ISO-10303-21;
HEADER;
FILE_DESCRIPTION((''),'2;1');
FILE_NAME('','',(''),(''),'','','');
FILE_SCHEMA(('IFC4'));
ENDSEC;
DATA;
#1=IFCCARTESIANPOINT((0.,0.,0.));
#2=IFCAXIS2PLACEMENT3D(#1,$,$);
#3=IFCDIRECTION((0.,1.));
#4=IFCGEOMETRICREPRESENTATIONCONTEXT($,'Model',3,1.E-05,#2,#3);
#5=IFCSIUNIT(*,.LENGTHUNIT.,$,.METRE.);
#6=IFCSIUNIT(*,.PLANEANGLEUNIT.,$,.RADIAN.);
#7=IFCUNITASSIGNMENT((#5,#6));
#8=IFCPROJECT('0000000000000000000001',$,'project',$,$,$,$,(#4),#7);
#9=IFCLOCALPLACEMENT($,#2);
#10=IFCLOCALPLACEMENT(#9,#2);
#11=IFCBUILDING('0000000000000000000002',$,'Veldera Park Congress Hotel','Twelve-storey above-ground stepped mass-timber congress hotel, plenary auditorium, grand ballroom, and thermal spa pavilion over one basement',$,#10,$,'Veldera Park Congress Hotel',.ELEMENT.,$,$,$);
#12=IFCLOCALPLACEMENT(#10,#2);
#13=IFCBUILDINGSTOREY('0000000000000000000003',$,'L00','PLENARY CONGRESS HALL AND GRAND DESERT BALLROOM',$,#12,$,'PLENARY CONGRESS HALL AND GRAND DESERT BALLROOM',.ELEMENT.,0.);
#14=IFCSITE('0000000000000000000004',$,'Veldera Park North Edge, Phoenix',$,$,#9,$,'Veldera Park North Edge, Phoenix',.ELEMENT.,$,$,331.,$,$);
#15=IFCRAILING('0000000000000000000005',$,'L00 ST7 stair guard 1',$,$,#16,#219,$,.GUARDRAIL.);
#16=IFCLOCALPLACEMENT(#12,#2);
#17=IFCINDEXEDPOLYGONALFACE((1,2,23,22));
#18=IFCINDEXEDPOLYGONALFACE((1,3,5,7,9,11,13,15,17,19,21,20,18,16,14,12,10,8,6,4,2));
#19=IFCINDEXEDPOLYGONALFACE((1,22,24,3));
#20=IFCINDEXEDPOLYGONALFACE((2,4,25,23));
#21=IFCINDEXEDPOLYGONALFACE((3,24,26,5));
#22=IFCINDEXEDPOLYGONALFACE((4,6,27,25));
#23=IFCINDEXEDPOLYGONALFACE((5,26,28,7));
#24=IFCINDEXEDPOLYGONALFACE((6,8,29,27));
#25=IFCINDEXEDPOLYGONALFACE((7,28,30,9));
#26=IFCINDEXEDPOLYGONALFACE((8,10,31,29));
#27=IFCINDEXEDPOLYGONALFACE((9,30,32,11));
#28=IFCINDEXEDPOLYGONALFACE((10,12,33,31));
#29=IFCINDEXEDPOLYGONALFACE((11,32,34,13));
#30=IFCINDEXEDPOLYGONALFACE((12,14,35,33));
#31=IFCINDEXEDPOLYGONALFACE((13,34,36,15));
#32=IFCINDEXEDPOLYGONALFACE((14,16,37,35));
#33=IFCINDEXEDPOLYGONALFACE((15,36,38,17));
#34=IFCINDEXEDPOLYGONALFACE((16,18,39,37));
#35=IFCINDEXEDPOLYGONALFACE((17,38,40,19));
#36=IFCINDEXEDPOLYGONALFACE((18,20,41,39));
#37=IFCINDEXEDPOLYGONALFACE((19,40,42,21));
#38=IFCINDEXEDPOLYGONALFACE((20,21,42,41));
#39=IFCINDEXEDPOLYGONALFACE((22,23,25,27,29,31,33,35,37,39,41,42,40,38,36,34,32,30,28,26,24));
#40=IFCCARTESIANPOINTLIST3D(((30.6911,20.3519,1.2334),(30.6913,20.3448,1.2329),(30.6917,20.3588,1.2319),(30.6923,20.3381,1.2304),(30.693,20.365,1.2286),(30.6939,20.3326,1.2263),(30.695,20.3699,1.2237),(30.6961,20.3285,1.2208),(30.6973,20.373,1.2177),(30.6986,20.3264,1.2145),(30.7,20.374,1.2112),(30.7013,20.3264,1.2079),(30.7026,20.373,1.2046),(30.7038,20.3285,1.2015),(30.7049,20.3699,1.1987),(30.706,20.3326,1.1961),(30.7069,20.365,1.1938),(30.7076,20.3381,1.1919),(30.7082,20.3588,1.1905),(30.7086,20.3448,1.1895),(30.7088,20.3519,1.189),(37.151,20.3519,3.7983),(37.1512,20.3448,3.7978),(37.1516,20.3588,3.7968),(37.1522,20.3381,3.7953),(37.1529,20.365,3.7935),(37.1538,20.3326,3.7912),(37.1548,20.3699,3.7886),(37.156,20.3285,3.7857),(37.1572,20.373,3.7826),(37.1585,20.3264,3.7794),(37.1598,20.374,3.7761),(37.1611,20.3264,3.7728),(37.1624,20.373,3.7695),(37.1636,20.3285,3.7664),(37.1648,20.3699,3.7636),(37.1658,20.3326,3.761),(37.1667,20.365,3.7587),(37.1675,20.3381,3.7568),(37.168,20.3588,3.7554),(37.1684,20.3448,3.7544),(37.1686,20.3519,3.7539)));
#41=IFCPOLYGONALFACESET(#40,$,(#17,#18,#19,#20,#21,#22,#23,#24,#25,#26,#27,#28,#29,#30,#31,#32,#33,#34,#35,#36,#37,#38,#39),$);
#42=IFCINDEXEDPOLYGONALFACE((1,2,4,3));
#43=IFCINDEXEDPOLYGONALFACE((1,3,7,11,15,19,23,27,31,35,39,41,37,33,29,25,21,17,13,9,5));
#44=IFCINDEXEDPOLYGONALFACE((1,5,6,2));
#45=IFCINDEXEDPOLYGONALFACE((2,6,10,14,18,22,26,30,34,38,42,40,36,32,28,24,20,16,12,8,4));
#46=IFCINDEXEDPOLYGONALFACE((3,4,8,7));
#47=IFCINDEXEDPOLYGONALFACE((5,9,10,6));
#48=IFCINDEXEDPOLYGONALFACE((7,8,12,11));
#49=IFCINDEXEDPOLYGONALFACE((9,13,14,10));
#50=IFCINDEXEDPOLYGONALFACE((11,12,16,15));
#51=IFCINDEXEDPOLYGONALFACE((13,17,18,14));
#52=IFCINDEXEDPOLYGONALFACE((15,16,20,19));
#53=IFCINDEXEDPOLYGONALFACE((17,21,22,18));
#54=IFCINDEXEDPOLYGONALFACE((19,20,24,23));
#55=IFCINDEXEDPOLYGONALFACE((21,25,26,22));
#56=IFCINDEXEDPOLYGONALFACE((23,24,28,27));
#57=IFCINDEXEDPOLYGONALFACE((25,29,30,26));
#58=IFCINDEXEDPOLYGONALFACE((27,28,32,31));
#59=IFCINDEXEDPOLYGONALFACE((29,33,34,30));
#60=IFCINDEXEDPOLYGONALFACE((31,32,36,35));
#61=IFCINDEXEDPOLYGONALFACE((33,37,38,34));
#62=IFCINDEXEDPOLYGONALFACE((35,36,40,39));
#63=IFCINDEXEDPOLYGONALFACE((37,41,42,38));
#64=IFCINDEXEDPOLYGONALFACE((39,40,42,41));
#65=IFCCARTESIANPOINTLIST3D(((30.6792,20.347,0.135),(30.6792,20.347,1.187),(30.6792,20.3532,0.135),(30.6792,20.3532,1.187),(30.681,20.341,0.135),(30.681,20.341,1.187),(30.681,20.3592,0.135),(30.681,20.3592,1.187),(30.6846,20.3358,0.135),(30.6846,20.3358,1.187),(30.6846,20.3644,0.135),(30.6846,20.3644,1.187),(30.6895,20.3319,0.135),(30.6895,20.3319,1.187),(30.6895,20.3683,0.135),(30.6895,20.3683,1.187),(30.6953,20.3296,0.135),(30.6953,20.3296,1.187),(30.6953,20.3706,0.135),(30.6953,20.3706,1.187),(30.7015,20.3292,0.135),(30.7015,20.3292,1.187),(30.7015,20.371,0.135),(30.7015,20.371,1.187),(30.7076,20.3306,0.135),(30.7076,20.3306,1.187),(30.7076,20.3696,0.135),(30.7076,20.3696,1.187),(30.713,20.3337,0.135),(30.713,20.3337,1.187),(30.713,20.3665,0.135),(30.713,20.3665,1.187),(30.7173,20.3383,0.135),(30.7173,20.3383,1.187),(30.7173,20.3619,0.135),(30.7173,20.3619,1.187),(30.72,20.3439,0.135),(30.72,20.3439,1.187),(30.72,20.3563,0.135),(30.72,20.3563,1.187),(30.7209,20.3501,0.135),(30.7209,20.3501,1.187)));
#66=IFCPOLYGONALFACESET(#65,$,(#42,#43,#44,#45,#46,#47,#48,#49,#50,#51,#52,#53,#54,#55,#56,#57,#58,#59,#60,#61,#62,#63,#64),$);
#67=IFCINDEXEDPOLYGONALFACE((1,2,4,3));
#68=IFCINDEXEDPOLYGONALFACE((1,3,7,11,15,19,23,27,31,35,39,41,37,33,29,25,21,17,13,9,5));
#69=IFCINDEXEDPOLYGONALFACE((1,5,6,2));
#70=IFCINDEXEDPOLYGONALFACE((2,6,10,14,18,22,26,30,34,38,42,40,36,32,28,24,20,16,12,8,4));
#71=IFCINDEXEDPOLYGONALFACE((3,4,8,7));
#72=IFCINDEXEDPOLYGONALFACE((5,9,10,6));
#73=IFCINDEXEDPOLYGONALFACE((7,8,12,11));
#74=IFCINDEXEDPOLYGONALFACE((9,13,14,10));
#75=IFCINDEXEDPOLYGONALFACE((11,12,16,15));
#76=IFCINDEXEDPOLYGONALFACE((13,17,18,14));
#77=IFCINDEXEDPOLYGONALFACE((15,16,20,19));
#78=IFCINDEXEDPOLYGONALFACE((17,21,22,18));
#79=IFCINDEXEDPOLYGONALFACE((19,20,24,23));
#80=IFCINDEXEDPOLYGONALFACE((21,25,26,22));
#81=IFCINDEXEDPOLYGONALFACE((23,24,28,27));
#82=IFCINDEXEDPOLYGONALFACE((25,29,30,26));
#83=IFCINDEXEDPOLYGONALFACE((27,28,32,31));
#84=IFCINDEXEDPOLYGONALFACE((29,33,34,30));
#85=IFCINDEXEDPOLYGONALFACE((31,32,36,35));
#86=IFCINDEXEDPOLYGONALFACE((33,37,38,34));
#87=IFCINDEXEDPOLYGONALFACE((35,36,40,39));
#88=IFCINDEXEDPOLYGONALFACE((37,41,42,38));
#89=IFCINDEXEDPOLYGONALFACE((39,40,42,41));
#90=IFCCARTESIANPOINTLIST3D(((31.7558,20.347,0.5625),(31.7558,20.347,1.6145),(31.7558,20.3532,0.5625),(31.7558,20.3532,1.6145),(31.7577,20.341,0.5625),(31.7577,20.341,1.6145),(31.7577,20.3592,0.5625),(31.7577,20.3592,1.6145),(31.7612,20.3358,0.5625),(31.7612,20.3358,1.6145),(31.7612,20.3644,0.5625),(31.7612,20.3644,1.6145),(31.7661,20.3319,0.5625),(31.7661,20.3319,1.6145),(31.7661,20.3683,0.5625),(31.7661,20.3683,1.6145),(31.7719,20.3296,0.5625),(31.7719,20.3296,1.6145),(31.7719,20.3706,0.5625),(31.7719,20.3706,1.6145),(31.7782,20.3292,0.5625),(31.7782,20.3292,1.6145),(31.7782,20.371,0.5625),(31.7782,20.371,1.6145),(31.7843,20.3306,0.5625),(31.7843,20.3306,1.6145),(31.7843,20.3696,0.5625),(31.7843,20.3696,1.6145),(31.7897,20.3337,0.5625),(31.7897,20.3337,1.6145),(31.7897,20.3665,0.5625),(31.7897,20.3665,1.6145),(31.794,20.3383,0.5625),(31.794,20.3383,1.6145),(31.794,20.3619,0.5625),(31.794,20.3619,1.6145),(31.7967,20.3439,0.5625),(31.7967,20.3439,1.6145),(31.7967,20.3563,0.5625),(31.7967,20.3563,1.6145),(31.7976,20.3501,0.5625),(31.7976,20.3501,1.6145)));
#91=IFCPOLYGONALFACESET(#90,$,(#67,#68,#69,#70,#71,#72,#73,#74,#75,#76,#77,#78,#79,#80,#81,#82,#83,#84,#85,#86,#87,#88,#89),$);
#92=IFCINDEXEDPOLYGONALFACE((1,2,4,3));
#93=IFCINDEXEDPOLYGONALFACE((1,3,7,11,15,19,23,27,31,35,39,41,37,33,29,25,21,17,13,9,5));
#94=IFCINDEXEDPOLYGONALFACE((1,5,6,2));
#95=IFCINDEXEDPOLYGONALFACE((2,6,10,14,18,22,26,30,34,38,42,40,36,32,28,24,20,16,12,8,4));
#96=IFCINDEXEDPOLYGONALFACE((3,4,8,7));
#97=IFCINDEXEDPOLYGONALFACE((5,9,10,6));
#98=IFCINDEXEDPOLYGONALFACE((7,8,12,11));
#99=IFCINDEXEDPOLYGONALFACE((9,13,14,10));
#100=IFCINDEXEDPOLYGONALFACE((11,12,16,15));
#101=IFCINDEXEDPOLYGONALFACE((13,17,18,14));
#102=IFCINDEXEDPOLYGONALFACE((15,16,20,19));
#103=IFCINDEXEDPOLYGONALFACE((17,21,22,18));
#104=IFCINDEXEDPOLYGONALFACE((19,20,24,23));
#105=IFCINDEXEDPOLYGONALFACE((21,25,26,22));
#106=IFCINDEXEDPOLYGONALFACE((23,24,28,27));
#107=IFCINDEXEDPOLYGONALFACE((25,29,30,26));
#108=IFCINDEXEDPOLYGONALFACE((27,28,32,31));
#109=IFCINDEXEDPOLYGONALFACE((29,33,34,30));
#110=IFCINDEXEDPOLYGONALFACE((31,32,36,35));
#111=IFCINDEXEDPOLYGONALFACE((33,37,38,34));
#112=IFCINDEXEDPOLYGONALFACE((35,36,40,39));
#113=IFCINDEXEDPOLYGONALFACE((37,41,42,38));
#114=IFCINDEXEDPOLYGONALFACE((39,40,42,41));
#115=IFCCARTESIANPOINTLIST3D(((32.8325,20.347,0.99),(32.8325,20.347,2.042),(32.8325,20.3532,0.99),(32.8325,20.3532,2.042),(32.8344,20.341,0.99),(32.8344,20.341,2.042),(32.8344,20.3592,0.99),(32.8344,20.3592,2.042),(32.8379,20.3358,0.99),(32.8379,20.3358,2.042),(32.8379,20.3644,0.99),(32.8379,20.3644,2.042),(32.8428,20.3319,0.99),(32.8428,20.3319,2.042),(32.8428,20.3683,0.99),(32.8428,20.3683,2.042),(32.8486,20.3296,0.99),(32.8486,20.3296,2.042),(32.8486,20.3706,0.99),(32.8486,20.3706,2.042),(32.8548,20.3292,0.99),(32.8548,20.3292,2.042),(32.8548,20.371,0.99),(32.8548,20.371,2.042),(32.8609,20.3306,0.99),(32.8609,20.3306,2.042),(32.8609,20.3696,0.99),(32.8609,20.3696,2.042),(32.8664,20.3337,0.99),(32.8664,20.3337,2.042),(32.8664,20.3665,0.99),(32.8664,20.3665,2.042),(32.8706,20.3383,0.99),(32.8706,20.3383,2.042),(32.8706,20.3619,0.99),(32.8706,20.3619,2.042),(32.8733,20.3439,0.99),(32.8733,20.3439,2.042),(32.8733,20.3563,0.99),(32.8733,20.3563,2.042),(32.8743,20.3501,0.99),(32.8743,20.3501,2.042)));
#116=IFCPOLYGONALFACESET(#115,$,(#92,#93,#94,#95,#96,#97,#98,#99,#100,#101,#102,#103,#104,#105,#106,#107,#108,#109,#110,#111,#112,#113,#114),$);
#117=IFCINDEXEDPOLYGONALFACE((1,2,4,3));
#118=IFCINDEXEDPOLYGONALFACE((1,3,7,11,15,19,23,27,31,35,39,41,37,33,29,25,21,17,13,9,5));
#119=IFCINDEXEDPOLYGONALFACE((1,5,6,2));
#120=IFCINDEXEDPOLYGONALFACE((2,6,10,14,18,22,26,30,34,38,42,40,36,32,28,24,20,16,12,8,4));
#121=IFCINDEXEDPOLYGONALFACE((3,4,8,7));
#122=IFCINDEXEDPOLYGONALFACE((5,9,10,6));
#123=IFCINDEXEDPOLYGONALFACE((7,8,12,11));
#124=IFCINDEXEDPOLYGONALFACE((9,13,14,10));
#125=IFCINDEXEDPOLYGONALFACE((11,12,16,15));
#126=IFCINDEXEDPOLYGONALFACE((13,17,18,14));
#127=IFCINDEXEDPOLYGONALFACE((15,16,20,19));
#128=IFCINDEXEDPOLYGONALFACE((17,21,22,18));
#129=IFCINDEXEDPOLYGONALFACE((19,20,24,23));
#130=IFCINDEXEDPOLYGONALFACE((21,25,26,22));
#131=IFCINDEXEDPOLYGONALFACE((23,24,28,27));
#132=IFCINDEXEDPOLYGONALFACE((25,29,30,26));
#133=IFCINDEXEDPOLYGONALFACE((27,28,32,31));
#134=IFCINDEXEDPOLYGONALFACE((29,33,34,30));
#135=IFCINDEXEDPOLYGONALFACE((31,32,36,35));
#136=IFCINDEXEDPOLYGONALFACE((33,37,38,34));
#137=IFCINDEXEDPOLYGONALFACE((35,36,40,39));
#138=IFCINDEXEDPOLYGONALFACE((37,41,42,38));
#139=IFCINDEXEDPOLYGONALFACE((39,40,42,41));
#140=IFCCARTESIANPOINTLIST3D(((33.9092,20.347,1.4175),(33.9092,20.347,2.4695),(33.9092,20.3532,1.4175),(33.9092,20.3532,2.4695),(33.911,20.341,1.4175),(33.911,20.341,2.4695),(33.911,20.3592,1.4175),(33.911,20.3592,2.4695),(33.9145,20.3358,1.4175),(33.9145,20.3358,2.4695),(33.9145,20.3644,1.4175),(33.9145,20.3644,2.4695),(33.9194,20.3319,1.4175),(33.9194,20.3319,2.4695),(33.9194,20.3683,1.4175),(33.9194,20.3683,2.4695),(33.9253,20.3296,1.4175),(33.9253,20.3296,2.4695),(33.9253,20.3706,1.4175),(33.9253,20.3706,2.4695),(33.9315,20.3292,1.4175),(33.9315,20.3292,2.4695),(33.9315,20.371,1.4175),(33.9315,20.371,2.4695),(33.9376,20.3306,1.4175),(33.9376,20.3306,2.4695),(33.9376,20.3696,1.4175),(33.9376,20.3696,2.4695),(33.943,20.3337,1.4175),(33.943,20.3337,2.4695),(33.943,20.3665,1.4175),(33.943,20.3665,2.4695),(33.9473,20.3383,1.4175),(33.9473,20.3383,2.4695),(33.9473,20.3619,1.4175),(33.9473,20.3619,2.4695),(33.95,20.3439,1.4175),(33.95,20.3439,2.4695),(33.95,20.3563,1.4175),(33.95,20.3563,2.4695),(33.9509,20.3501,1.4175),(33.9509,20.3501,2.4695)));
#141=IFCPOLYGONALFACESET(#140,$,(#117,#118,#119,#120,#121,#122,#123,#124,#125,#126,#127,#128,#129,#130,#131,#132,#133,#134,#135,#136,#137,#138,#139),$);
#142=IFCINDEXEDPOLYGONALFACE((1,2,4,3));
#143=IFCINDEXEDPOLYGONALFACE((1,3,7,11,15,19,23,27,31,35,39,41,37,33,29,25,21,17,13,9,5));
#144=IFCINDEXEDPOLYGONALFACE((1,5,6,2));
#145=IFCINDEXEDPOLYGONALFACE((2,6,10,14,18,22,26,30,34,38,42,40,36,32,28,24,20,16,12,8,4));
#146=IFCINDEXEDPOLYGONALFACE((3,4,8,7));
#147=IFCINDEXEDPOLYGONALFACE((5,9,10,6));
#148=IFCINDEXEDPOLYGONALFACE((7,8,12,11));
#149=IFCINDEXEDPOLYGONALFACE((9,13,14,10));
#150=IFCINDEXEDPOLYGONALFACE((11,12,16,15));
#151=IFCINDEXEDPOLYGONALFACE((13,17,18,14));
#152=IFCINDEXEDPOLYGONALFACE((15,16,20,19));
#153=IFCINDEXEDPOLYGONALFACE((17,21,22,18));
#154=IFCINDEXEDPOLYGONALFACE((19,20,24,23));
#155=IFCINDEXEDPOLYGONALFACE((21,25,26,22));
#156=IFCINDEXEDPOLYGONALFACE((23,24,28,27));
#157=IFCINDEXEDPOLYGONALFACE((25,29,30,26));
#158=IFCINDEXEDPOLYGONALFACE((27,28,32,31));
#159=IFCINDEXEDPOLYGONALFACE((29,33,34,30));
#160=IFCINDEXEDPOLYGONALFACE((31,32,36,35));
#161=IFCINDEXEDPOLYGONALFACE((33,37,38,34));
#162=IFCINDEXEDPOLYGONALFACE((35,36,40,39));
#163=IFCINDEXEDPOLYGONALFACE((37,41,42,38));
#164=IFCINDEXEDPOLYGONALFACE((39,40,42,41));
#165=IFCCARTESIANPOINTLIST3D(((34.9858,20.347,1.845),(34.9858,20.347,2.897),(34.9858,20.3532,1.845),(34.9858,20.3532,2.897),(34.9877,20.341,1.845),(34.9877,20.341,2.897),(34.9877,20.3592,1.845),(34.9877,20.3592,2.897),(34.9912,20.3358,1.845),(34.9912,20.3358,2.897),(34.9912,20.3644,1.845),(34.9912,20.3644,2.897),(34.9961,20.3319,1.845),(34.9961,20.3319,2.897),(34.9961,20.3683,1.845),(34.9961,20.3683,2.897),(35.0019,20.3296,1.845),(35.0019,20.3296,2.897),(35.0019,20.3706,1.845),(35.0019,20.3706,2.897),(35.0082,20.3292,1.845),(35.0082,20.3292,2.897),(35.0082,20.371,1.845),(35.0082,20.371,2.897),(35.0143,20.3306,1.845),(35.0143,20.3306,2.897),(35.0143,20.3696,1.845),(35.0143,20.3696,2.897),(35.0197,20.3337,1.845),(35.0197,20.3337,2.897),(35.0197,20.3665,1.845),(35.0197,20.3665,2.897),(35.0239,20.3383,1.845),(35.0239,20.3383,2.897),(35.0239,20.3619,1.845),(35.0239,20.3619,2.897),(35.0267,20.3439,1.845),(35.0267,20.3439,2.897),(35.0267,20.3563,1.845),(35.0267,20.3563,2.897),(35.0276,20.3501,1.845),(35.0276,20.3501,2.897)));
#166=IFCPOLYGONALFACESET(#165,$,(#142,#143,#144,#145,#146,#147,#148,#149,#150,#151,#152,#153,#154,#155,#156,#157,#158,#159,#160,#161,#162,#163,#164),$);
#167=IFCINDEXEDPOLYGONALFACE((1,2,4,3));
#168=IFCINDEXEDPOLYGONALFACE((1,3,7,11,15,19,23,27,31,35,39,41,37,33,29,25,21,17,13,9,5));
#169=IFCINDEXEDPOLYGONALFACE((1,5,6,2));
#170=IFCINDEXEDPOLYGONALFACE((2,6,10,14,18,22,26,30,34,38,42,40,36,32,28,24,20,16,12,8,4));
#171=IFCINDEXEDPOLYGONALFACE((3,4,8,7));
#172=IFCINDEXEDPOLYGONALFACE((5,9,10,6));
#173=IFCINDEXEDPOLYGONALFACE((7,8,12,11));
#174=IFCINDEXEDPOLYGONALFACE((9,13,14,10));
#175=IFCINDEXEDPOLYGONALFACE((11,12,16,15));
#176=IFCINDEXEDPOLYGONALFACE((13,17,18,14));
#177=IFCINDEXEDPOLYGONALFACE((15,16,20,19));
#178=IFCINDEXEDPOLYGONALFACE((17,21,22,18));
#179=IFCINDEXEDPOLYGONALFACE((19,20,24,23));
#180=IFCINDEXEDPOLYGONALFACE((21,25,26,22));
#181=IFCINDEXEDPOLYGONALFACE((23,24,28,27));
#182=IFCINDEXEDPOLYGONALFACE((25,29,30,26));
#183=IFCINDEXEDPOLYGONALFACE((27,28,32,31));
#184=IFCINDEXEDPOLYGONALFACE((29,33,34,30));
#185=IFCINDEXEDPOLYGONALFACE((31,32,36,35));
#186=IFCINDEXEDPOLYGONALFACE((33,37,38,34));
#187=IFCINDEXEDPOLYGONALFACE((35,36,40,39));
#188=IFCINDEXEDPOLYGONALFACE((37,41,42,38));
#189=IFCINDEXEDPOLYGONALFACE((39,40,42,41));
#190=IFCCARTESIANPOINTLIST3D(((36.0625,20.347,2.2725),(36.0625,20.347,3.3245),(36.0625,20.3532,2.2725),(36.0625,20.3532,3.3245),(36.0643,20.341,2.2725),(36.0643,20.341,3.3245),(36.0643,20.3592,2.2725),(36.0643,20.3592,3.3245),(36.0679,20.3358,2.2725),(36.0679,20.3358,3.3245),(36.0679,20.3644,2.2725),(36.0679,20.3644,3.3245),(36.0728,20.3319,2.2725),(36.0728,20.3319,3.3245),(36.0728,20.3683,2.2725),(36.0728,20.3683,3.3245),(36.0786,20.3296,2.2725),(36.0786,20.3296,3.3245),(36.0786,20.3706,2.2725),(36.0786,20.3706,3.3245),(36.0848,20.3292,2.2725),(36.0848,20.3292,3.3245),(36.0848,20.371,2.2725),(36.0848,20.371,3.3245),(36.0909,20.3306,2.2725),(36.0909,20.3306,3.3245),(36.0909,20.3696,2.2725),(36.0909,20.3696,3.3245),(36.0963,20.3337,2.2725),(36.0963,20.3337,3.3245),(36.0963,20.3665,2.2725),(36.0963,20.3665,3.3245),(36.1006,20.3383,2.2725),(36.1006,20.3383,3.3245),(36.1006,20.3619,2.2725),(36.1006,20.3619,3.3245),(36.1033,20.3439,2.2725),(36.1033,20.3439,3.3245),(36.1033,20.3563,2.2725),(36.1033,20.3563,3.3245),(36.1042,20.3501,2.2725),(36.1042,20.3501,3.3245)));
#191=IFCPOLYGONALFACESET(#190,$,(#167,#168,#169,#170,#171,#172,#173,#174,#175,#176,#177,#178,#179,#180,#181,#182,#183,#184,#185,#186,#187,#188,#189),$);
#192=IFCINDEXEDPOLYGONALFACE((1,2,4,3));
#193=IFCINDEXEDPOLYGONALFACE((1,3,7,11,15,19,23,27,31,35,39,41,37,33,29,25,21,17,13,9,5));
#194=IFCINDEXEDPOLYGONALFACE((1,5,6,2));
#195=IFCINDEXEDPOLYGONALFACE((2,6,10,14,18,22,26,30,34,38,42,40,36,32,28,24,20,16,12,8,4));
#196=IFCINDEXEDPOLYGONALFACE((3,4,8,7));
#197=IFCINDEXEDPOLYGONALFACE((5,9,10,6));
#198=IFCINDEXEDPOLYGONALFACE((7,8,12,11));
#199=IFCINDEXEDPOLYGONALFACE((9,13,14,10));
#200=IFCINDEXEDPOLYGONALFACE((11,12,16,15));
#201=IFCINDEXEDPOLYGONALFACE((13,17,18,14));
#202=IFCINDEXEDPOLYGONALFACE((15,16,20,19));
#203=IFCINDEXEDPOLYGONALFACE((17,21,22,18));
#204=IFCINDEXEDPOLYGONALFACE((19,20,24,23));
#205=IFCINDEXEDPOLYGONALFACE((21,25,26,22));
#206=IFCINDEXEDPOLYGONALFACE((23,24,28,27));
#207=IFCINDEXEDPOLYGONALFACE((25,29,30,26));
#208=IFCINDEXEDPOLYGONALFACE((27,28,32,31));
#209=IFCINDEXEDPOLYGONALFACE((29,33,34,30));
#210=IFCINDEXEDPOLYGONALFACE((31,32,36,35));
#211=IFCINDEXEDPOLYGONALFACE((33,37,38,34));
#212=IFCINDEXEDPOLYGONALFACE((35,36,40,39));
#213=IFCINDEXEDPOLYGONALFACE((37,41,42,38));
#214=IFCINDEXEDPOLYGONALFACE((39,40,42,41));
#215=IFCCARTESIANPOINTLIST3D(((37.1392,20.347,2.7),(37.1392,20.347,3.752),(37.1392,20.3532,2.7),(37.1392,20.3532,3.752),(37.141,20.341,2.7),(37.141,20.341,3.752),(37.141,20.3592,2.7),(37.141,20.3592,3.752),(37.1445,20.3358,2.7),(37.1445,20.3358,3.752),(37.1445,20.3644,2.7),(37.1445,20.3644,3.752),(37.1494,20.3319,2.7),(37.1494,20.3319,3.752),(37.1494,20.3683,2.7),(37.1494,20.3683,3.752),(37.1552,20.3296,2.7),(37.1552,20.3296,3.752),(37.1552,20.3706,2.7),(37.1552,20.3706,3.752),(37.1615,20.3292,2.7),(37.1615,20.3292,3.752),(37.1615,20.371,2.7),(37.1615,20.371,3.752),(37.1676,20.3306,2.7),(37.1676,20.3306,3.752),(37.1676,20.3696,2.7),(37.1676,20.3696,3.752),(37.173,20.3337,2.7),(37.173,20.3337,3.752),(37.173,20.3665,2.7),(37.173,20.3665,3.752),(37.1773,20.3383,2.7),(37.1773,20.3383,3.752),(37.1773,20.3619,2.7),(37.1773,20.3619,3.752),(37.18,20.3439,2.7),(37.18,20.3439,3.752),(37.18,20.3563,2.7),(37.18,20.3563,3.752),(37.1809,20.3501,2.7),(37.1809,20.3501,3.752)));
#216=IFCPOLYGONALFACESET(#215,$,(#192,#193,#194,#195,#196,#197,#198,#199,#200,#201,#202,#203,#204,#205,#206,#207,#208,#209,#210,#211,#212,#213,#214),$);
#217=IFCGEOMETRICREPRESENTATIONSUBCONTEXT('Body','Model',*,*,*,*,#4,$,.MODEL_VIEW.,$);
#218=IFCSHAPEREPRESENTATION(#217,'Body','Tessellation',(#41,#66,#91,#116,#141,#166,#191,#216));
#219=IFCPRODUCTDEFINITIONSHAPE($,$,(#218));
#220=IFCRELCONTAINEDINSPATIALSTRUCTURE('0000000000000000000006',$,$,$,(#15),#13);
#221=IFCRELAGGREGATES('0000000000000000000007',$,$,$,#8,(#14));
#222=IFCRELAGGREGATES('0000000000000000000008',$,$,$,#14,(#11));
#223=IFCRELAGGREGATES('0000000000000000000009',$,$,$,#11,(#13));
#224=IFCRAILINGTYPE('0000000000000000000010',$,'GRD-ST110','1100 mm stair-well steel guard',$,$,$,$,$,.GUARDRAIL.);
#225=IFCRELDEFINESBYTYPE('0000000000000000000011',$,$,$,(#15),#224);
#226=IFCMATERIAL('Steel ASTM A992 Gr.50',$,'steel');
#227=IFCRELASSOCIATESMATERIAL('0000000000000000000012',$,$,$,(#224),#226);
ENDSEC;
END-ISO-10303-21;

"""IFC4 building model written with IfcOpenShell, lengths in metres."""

from ifc_helpers import new_model, si_unit, direction, frame, origin, origin_2d, place, context, subcontext, project, spatial, circle, extrude, material, type_object, element, save


model = new_model("IFC4")

# Units and contexts
model_context = context("Model", 3, precision=1e-05, world=origin(), true_north=direction((0.0, 1.0)))
body_context = subcontext(model_context, "Body", "Model", "MODEL_VIEW")
ifc_project = project(units=[si_unit("LENGTHUNIT", "METRE"), si_unit("PLANEANGLEUNIT", "RADIAN")], contexts=[model_context])

# Site, building, storey
site_placement = place(None, origin())
site = spatial("IfcSite", under=ifc_project, at=site_placement, Name="Veldera Park North Edge, Phoenix", LongName="Veldera Park North Edge, Phoenix", CompositionType="ELEMENT", RefElevation=331.0)
building_placement = place(site_placement, origin())
building = spatial("IfcBuilding", under=site, at=building_placement, Name="Veldera Park Congress Hotel", Description="Twelve-storey above-ground stepped mass-timber congress hotel, plenary auditorium, grand ballroom, and thermal spa pavilion over one basement", LongName="Veldera Park Congress Hotel", CompositionType="ELEMENT")
storey_placement = place(building_placement, origin())
storey = spatial("IfcBuildingStorey", under=building, at=storey_placement, Name="L00", Description="PLENARY CONGRESS HALL AND GRAND DESERT BALLROOM", LongName="PLENARY CONGRESS HALL AND GRAND DESERT BALLROOM", CompositionType="ELEMENT", Elevation=0.0)

# Shared definitions
ifc_material_1 = material(Name="Steel ASTM A992 Gr.50", Category="steel")

# Railing
railing_type_1 = type_object("IfcRailingType", Name="GRD-ST110", Description="1100 mm stair-well steel guard", PredefinedType="GUARDRAIL", material=ifc_material_1)
railing_1_placement = place(storey_placement, frame((30.7, 20.3501, 0.135)))
element("IfcRailing", 1, at=railing_1_placement, inside=storey, type_object=railing_type_1, Name="L00 ST7 stair guard 1", PredefinedType="GUARDRAIL", context=body_context, shape_type="SweptSolid", body=[
    extrude(circle(Radius=0.0239, at=origin_2d()), frame((0.0, 0.0, 1.0762), z_axis=(0.929418, 0.0, 0.369028), x_axis=(0.0, 1.0, 0.0)), (0.0, 0.0, 1.0), 6.9504),
    extrude(circle(Radius=0.021, at=origin_2d()), origin(), (0.0, 0.0, 1.0), 1.052),
    extrude(circle(Radius=0.021, at=origin_2d()), frame((1.0767, 0.0, 0.4275)), (0.0, 0.0, 1.0), 1.052),
    extrude(circle(Radius=0.021, at=origin_2d()), frame((2.1533, 0.0, 0.855)), (0.0, 0.0, 1.0), 1.052),
    extrude(circle(Radius=0.021, at=origin_2d()), frame((3.23, 0.0, 1.2825)), (0.0, 0.0, 1.0), 1.052),
    extrude(circle(Radius=0.021, at=origin_2d()), frame((4.3066, 0.0, 1.71)), (0.0, 0.0, 1.0), 1.052),
    extrude(circle(Radius=0.021, at=origin_2d()), frame((5.3833, 0.0, 2.1375)), (0.0, 0.0, 1.0), 1.052),
    extrude(circle(Radius=0.021, at=origin_2d()), frame((6.46, 0.0, 2.5649)), (0.0, 0.0, 1.0), 1.052),
])

save(model, "model.ifc")
